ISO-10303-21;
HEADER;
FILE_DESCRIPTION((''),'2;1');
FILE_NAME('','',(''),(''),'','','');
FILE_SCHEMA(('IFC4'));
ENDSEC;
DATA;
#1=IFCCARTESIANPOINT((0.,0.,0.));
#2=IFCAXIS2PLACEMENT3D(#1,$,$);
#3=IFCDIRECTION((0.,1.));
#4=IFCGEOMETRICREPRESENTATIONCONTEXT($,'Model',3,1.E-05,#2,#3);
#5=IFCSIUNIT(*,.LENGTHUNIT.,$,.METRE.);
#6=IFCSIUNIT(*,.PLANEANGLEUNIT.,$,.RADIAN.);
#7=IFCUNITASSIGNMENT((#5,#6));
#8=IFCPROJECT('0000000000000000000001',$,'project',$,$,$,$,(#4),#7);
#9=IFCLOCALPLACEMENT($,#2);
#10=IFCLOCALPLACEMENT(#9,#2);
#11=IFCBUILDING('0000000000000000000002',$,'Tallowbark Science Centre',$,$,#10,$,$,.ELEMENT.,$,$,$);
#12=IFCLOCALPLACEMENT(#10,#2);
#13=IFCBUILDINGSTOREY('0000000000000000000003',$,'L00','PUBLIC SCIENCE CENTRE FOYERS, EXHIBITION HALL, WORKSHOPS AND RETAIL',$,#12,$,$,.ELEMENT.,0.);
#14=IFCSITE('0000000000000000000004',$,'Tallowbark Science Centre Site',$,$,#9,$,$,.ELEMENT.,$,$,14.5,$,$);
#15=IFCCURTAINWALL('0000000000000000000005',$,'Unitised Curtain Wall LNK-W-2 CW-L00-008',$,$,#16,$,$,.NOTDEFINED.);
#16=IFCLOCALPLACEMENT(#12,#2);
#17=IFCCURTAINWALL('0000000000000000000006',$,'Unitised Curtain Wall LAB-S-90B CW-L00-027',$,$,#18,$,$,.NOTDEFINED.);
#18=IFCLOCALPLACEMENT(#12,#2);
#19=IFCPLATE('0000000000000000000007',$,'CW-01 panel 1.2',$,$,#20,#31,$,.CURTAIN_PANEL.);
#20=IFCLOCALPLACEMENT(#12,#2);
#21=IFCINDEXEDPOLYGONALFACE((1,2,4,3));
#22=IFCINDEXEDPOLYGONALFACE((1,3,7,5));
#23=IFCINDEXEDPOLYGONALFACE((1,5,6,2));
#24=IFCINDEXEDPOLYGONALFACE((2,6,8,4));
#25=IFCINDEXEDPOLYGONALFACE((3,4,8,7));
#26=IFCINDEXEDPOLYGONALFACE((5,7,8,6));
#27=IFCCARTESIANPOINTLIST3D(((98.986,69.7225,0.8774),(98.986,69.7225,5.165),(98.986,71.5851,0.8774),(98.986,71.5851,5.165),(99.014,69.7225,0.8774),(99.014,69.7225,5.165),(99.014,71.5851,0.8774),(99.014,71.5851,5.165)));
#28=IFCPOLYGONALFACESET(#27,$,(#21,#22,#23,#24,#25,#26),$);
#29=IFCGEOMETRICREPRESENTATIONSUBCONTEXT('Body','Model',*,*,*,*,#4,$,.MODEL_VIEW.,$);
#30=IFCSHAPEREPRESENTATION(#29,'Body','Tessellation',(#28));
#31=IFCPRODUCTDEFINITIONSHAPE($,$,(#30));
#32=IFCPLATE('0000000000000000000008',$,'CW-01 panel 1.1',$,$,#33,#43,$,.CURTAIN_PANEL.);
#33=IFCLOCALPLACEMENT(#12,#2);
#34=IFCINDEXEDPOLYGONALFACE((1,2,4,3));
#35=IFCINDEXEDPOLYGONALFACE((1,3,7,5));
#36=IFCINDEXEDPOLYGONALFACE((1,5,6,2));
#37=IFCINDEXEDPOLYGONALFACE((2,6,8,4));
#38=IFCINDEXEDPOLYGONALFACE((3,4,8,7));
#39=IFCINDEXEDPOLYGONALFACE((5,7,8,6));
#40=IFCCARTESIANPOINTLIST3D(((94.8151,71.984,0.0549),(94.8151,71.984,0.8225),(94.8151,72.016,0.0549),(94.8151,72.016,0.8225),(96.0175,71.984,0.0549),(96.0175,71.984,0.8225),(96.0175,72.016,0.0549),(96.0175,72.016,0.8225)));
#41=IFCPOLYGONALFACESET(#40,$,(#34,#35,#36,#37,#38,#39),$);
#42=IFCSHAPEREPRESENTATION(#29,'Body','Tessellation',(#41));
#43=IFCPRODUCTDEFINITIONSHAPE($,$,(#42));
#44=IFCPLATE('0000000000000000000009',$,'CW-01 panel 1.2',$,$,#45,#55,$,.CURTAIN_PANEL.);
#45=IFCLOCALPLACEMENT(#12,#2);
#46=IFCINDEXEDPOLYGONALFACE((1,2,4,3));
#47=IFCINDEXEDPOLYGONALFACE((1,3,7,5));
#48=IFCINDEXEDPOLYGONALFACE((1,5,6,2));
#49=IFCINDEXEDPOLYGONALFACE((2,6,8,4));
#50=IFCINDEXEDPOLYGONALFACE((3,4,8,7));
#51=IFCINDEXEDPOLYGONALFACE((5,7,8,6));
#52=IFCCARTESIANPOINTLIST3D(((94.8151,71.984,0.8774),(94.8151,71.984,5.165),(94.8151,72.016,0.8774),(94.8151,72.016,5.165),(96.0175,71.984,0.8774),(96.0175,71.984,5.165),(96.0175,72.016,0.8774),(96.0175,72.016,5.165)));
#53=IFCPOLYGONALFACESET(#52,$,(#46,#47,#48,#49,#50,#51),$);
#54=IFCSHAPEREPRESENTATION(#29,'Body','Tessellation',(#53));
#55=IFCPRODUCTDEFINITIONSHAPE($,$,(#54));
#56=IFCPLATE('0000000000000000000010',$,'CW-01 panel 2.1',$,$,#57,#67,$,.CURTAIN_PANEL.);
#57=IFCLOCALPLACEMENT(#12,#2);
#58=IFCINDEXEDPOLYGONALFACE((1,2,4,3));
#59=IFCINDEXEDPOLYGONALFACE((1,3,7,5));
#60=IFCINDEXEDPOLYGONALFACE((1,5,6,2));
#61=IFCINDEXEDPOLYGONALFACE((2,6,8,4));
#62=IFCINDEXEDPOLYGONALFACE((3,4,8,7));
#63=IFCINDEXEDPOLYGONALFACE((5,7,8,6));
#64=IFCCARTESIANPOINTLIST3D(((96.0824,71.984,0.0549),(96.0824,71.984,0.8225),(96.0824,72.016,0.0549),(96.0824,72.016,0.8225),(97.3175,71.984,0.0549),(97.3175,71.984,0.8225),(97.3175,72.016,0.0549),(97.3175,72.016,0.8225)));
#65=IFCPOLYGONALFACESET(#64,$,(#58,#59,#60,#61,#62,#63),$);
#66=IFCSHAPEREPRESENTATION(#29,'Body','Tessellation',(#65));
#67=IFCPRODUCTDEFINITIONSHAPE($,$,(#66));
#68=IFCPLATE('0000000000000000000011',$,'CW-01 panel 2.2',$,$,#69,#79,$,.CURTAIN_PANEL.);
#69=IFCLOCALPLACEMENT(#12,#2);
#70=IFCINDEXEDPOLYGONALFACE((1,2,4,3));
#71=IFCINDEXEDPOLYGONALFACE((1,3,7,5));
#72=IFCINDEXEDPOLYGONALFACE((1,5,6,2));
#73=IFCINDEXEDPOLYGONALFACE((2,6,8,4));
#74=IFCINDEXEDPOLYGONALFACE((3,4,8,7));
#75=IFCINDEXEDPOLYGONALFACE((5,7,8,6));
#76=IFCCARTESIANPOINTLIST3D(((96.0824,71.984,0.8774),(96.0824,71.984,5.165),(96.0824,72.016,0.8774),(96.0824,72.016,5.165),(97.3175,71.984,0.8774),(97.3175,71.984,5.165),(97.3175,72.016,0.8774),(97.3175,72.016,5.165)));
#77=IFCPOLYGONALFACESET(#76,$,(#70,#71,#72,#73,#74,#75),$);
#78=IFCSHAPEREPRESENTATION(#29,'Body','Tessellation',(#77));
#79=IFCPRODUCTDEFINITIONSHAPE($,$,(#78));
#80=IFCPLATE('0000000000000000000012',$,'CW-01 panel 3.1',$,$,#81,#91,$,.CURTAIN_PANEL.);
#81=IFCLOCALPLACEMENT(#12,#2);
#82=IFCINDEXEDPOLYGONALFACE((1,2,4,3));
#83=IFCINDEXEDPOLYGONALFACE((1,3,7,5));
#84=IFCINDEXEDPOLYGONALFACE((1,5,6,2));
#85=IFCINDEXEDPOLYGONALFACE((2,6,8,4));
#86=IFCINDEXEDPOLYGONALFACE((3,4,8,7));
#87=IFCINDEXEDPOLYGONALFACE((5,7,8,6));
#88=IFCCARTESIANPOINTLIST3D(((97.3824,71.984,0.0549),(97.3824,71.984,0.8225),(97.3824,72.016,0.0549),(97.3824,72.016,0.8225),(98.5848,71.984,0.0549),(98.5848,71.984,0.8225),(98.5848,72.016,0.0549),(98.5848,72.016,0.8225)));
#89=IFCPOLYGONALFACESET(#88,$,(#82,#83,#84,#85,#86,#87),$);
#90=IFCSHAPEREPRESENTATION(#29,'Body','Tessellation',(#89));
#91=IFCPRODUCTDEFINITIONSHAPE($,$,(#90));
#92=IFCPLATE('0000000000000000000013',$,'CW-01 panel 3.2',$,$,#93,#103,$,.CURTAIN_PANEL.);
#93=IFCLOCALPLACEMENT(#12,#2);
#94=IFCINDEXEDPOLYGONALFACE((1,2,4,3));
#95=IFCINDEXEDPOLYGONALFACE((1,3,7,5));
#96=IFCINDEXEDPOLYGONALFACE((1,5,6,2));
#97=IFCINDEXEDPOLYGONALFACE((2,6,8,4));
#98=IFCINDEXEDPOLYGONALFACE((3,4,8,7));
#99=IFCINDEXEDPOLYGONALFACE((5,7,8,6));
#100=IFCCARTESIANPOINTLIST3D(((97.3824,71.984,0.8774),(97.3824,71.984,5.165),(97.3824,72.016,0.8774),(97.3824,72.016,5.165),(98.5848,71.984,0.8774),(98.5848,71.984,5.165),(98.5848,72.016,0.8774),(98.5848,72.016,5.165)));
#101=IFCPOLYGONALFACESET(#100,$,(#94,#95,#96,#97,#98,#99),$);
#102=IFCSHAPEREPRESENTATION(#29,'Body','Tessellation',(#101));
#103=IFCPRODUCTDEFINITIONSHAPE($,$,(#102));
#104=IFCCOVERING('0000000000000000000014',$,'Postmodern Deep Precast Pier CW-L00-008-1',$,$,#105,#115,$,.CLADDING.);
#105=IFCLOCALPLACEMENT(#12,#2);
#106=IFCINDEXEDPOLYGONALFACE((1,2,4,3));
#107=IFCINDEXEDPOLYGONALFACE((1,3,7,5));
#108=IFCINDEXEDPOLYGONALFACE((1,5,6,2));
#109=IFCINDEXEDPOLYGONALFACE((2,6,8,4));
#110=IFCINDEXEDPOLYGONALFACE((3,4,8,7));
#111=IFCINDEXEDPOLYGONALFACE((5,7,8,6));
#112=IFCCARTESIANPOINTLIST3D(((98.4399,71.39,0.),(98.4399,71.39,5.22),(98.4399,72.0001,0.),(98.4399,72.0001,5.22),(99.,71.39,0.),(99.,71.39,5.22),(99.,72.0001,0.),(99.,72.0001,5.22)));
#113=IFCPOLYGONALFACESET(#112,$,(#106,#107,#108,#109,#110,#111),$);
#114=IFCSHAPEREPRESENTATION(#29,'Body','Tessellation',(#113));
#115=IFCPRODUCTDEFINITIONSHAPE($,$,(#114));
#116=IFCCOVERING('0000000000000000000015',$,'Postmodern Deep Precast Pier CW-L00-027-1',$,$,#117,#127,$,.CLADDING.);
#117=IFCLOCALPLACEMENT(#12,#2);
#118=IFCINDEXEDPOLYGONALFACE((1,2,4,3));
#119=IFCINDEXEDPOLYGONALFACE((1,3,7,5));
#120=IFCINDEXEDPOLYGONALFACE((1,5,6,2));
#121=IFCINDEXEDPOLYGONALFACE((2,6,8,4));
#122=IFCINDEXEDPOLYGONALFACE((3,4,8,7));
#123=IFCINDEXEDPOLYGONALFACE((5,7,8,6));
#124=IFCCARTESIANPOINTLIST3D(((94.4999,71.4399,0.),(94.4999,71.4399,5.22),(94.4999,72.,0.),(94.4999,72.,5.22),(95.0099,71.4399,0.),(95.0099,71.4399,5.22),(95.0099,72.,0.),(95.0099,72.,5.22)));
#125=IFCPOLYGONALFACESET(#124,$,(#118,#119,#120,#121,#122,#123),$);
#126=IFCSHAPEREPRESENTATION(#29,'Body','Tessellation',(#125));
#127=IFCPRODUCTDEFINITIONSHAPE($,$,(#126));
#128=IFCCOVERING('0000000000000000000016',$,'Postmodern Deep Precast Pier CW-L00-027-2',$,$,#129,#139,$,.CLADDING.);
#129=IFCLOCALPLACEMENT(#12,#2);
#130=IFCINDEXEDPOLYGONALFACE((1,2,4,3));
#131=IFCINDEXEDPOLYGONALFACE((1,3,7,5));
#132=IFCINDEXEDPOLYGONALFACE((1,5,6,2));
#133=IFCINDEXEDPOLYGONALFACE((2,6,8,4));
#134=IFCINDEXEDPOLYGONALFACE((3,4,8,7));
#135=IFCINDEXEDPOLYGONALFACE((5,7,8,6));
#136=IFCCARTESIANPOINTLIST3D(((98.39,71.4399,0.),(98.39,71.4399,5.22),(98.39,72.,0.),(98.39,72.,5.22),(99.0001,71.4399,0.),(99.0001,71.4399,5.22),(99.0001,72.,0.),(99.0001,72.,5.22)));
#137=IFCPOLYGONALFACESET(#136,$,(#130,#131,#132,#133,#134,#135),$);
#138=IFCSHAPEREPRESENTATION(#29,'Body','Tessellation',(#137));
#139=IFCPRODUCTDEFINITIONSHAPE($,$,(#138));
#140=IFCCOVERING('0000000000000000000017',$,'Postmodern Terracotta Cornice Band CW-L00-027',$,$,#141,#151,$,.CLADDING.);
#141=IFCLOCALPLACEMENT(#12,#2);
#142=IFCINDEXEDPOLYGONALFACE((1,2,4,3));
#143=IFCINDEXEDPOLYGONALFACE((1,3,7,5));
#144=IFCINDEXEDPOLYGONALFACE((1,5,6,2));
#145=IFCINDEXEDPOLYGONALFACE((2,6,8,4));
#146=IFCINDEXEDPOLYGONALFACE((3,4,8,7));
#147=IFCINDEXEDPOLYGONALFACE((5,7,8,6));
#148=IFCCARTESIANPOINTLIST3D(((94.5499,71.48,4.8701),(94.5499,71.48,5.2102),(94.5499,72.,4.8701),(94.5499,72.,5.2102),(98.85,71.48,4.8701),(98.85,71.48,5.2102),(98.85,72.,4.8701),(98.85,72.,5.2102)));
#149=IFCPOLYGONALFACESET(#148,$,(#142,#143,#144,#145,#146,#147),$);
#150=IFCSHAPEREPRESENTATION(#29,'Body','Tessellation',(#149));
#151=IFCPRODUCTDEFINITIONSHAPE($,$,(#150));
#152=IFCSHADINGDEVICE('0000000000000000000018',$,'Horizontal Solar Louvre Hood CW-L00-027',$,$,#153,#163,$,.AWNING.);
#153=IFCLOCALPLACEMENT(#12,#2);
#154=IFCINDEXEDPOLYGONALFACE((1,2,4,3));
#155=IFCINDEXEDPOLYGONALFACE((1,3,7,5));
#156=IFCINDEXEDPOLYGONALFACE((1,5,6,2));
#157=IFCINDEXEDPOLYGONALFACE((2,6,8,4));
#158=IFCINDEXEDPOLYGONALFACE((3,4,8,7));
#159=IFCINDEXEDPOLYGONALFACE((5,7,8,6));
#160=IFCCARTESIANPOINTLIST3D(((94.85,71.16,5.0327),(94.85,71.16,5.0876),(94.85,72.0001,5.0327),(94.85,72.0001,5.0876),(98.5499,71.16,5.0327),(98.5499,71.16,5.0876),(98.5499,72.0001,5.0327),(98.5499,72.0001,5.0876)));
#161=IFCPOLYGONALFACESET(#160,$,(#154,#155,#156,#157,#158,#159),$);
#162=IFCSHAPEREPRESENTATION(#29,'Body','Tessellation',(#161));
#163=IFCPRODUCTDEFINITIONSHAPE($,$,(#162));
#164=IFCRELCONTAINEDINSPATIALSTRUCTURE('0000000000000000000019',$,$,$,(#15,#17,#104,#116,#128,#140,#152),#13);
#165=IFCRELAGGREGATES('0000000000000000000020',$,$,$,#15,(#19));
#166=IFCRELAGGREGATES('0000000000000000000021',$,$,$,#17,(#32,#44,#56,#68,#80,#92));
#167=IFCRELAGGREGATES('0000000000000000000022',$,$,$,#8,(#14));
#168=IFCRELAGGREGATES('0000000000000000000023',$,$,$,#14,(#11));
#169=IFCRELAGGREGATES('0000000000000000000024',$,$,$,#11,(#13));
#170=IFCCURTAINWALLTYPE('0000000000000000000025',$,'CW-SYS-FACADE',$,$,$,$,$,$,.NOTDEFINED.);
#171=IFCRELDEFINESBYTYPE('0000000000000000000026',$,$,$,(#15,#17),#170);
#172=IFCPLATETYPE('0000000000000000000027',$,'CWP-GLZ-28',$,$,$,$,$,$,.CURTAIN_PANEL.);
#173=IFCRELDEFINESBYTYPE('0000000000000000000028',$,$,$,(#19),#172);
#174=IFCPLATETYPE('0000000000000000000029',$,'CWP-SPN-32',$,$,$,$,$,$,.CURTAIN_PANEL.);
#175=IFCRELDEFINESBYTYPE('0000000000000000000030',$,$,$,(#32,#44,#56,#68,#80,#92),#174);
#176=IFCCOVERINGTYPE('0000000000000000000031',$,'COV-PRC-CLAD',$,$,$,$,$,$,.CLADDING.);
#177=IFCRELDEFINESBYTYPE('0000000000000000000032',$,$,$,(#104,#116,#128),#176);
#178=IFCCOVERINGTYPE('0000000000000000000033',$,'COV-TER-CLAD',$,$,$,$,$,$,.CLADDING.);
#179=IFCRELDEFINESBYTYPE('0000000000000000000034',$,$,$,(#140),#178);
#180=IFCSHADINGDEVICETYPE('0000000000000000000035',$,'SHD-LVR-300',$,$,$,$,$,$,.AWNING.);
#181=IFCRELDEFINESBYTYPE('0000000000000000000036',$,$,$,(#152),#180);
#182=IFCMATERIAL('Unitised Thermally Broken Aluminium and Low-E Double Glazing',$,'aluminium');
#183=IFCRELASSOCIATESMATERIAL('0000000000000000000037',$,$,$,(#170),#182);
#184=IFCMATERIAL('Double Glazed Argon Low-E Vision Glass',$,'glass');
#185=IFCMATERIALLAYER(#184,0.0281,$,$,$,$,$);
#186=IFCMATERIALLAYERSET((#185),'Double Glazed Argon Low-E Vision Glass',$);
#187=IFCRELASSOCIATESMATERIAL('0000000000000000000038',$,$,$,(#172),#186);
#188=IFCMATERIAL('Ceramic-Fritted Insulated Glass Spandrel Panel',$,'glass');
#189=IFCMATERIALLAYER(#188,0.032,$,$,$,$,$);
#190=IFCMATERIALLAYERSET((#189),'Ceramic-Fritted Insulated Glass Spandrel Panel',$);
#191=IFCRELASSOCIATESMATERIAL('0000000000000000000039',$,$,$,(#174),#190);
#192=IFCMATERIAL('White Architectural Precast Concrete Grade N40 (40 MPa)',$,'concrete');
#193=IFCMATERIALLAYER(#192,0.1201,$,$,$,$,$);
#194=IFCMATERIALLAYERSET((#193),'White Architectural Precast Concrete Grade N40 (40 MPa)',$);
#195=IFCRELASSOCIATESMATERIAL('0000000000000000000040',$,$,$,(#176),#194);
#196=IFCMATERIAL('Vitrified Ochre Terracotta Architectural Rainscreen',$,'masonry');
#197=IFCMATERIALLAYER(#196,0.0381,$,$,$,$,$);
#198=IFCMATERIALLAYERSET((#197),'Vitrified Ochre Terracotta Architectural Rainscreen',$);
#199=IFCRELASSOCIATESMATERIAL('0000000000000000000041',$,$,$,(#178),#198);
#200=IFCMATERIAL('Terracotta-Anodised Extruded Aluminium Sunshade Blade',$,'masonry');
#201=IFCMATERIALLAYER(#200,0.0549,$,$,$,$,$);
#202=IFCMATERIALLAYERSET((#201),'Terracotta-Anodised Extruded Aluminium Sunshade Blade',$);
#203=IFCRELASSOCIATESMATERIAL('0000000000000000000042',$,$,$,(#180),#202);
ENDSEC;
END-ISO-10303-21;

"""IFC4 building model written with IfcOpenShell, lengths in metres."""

from ifc_helpers import new_model, si_unit, direction, frame, origin, origin_2d, place, context, subcontext, project, spatial, rectangle, extrude, material, layer, layer_set, type_object, element, aggregate, save


model = new_model("IFC4")

# Units and contexts
model_context = context("Model", 3, precision=1e-05, world=origin(), true_north=direction((0.0, 1.0)))
body_context = subcontext(model_context, "Body", "Model", "MODEL_VIEW")
ifc_project = project(units=[si_unit("LENGTHUNIT", "METRE"), si_unit("PLANEANGLEUNIT", "RADIAN")], contexts=[model_context])

# Site, building, storey
site_placement = place(None, origin())
site = spatial("IfcSite", under=ifc_project, at=site_placement, Name="Tallowbark Science Centre Site", CompositionType="ELEMENT", RefElevation=14.5)
building_placement = place(site_placement, origin())
building = spatial("IfcBuilding", under=site, at=building_placement, Name="Tallowbark Science Centre", CompositionType="ELEMENT")
storey_placement = place(building_placement, origin())
storey = spatial("IfcBuildingStorey", under=building, at=storey_placement, Name="L00", Description="PUBLIC SCIENCE CENTRE FOYERS, EXHIBITION HALL, WORKSHOPS AND RETAIL", CompositionType="ELEMENT", Elevation=0.0)

# Curtain wall
ifc_material_1 = material(Name="Unitised Thermally Broken Aluminium and Low-E Double Glazing", Category="aluminium")
curtain_wall_type = type_object("IfcCurtainWallType", Name="CW-SYS-FACADE", PredefinedType="NOTDEFINED", material=ifc_material_1)
curtain_wall_1_placement = place(storey_placement, origin())
curtain_wall_1 = element("IfcCurtainWall", 1, at=curtain_wall_1_placement, inside=storey, type_object=curtain_wall_type, Name="Unitised Curtain Wall LNK-W-2 CW-L00-008", PredefinedType="NOTDEFINED")

# Curtain wall
curtain_wall_2_placement = place(storey_placement, origin())
curtain_wall_2 = element("IfcCurtainWall", 2, at=curtain_wall_2_placement, inside=storey, type_object=curtain_wall_type, Name="Unitised Curtain Wall LAB-S-90B CW-L00-027", PredefinedType="NOTDEFINED")

# Plates
ifc_material_2 = material(Name="Double Glazed Argon Low-E Vision Glass", Category="glass")
ifc_layer_1 = layer(ifc_material_2, 0.0281)
ifc_layer_set_1 = layer_set([ifc_layer_1], Name="Double Glazed Argon Low-E Vision Glass")
plate_type_1 = type_object("IfcPlateType", Name="CWP-GLZ-28", PredefinedType="CURTAIN_PANEL", material=ifc_layer_set_1)
plate_1_placement = place(storey_placement, frame((99.0, 70.6538, 0.8774), z_axis=(0.0, 0.0, 1.0), x_axis=(0.0, -1.0, 0.0)))
plate_1 = element("IfcPlate", 3, at=plate_1_placement, type_object=plate_type_1, Name="CW-01 panel 1.2", PredefinedType="CURTAIN_PANEL", context=body_context, shape_type="SweptSolid", body=[
    extrude(rectangle(XDim=1.8625, YDim=0.0281, at=origin_2d()), origin(), (0.0, 0.0, 1.0), 4.2876),
])
aggregate(curtain_wall_1, [plate_1])
ifc_material_3 = material(Name="Ceramic-Fritted Insulated Glass Spandrel Panel", Category="glass")
ifc_layer_2 = layer(ifc_material_3, 0.032)
ifc_layer_set_2 = layer_set([ifc_layer_2], Name="Ceramic-Fritted Insulated Glass Spandrel Panel")
plate_type_2 = type_object("IfcPlateType", Name="CWP-SPN-32", PredefinedType="CURTAIN_PANEL", material=ifc_layer_set_2)
plate_2_placement = place(storey_placement, frame((95.4163, 72.0, 0.0549), z_axis=(0.0, 0.0, 1.0), x_axis=(1.0, 0.0, 0.0)))
plate_2 = element("IfcPlate", 4, at=plate_2_placement, type_object=plate_type_2, Name="CW-01 panel 1.1", PredefinedType="CURTAIN_PANEL", context=body_context, shape_type="SweptSolid", body=[
    extrude(rectangle(XDim=1.2024, YDim=0.032, at=origin_2d()), origin(), (0.0, 0.0, 1.0), 0.7676),
])
plate_3_placement = place(storey_placement, frame((95.4163, 72.0, 0.8774), z_axis=(0.0, 0.0, 1.0), x_axis=(1.0, 0.0, 0.0)))
plate_3 = element("IfcPlate", 5, at=plate_3_placement, type_object=plate_type_2, Name="CW-01 panel 1.2", PredefinedType="CURTAIN_PANEL", context=body_context, shape_type="SweptSolid", body=[
    extrude(rectangle(XDim=1.2024, YDim=0.032, at=origin_2d()), origin(), (0.0, 0.0, 1.0), 4.2876),
])
plate_4_placement = place(storey_placement, frame((96.7, 72.0, 0.0549), z_axis=(0.0, 0.0, 1.0), x_axis=(1.0, 0.0, 0.0)))
plate_4 = element("IfcPlate", 6, at=plate_4_placement, type_object=plate_type_2, Name="CW-01 panel 2.1", PredefinedType="CURTAIN_PANEL", context=body_context, shape_type="SweptSolid", body=[
    extrude(rectangle(XDim=1.2351, YDim=0.032, at=origin_2d()), origin(), (0.0, 0.0, 1.0), 0.7676),
])
plate_5_placement = place(storey_placement, frame((96.7, 72.0, 0.8774), z_axis=(0.0, 0.0, 1.0), x_axis=(1.0, 0.0, 0.0)))
plate_5 = element("IfcPlate", 7, at=plate_5_placement, type_object=plate_type_2, Name="CW-01 panel 2.2", PredefinedType="CURTAIN_PANEL", context=body_context, shape_type="SweptSolid", body=[
    extrude(rectangle(XDim=1.2351, YDim=0.032, at=origin_2d()), origin(), (0.0, 0.0, 1.0), 4.2876),
])
plate_6_placement = place(storey_placement, frame((97.9836, 72.0, 0.0549), z_axis=(0.0, 0.0, 1.0), x_axis=(1.0, 0.0, 0.0)))
plate_6 = element("IfcPlate", 8, at=plate_6_placement, type_object=plate_type_2, Name="CW-01 panel 3.1", PredefinedType="CURTAIN_PANEL", context=body_context, shape_type="SweptSolid", body=[
    extrude(rectangle(XDim=1.2024, YDim=0.032, at=origin_2d()), origin(), (0.0, 0.0, 1.0), 0.7676),
])
plate_7_placement = place(storey_placement, frame((97.9836, 72.0, 0.8774), z_axis=(0.0, 0.0, 1.0), x_axis=(1.0, 0.0, 0.0)))
plate_7 = element("IfcPlate", 9, at=plate_7_placement, type_object=plate_type_2, Name="CW-01 panel 3.2", PredefinedType="CURTAIN_PANEL", context=body_context, shape_type="SweptSolid", body=[
    extrude(rectangle(XDim=1.2024, YDim=0.032, at=origin_2d()), origin(), (0.0, 0.0, 1.0), 4.2876),
])
aggregate(curtain_wall_2, [plate_2, plate_3, plate_4, plate_5, plate_6, plate_7])

# Coverings
ifc_material_4 = material(Name="White Architectural Precast Concrete Grade N40 (40 MPa)", Category="concrete")
ifc_layer_3 = layer(ifc_material_4, 0.1201)
ifc_layer_set_3 = layer_set([ifc_layer_3], Name="White Architectural Precast Concrete Grade N40 (40 MPa)")
covering_type_1 = type_object("IfcCoveringType", Name="COV-PRC-CLAD", PredefinedType="CLADDING", material=ifc_layer_set_3)
covering_1_placement = place(storey_placement, frame((98.72, 71.6951, 0.0), z_axis=(0.0, 0.0, 1.0), x_axis=(0.0, -1.0, 0.0)))
element("IfcCovering", 10, at=covering_1_placement, inside=storey, type_object=covering_type_1, Name="Postmodern Deep Precast Pier CW-L00-008-1", PredefinedType="CLADDING", context=body_context, shape_type="SweptSolid", body=[
    extrude(rectangle(XDim=0.6101, YDim=0.5601, at=origin_2d()), origin(), (0.0, 0.0, 1.0), 5.22),
])
covering_2_placement = place(storey_placement, frame((94.7549, 71.72, 0.0), z_axis=(0.0, 0.0, 1.0), x_axis=(1.0, 0.0, 0.0)))
element("IfcCovering", 11, at=covering_2_placement, inside=storey, type_object=covering_type_1, Name="Postmodern Deep Precast Pier CW-L00-027-1", PredefinedType="CLADDING", context=body_context, shape_type="SweptSolid", body=[
    extrude(rectangle(XDim=0.51, YDim=0.5601, at=origin_2d()), origin(), (0.0, 0.0, 1.0), 5.22),
])
covering_3_placement = place(storey_placement, frame((98.6951, 71.72, 0.0), z_axis=(0.0, 0.0, 1.0), x_axis=(1.0, 0.0, 0.0)))
element("IfcCovering", 12, at=covering_3_placement, inside=storey, type_object=covering_type_1, Name="Postmodern Deep Precast Pier CW-L00-027-2", PredefinedType="CLADDING", context=body_context, shape_type="SweptSolid", body=[
    extrude(rectangle(XDim=0.6101, YDim=0.5601, at=origin_2d()), origin(), (0.0, 0.0, 1.0), 5.22),
])
ifc_material_5 = material(Name="Vitrified Ochre Terracotta Architectural Rainscreen", Category="masonry")
ifc_layer_4 = layer(ifc_material_5, 0.0381)
ifc_layer_set_4 = layer_set([ifc_layer_4], Name="Vitrified Ochre Terracotta Architectural Rainscreen")
covering_type_2 = type_object("IfcCoveringType", Name="COV-TER-CLAD", PredefinedType="CLADDING", material=ifc_layer_set_4)
covering_4_placement = place(storey_placement, frame((96.7, 71.74, 4.8701), z_axis=(0.0, 0.0, 1.0), x_axis=(1.0, 0.0, 0.0)))
element("IfcCovering", 13, at=covering_4_placement, inside=storey, type_object=covering_type_2, Name="Postmodern Terracotta Cornice Band CW-L00-027", PredefinedType="CLADDING", context=body_context, shape_type="SweptSolid", body=[
    extrude(rectangle(XDim=4.3, YDim=0.52, at=origin_2d()), origin(), (0.0, 0.0, 1.0), 0.3401),
])

# Shading device
ifc_material_6 = material(Name="Terracotta-Anodised Extruded Aluminium Sunshade Blade", Category="masonry")
ifc_layer_5 = layer(ifc_material_6, 0.0549)
ifc_layer_set_5 = layer_set([ifc_layer_5], Name="Terracotta-Anodised Extruded Aluminium Sunshade Blade")
shading_device_type = type_object("IfcShadingDeviceType", Name="SHD-LVR-300", PredefinedType="AWNING", material=ifc_layer_set_5)
shading_device_placement = place(storey_placement, frame((96.7, 71.5801, 5.0327), z_axis=(0.0, 0.0, 1.0), x_axis=(1.0, 0.0, 0.0)))
element("IfcShadingDevice", 14, at=shading_device_placement, inside=storey, type_object=shading_device_type, Name="Horizontal Solar Louvre Hood CW-L00-027", PredefinedType="AWNING", context=body_context, shape_type="SweptSolid", body=[
    extrude(rectangle(XDim=3.7, YDim=0.8401, at=origin_2d()), origin(), (0.0, 0.0, 1.0), 0.0549),
])

save(model, "model.ifc")
